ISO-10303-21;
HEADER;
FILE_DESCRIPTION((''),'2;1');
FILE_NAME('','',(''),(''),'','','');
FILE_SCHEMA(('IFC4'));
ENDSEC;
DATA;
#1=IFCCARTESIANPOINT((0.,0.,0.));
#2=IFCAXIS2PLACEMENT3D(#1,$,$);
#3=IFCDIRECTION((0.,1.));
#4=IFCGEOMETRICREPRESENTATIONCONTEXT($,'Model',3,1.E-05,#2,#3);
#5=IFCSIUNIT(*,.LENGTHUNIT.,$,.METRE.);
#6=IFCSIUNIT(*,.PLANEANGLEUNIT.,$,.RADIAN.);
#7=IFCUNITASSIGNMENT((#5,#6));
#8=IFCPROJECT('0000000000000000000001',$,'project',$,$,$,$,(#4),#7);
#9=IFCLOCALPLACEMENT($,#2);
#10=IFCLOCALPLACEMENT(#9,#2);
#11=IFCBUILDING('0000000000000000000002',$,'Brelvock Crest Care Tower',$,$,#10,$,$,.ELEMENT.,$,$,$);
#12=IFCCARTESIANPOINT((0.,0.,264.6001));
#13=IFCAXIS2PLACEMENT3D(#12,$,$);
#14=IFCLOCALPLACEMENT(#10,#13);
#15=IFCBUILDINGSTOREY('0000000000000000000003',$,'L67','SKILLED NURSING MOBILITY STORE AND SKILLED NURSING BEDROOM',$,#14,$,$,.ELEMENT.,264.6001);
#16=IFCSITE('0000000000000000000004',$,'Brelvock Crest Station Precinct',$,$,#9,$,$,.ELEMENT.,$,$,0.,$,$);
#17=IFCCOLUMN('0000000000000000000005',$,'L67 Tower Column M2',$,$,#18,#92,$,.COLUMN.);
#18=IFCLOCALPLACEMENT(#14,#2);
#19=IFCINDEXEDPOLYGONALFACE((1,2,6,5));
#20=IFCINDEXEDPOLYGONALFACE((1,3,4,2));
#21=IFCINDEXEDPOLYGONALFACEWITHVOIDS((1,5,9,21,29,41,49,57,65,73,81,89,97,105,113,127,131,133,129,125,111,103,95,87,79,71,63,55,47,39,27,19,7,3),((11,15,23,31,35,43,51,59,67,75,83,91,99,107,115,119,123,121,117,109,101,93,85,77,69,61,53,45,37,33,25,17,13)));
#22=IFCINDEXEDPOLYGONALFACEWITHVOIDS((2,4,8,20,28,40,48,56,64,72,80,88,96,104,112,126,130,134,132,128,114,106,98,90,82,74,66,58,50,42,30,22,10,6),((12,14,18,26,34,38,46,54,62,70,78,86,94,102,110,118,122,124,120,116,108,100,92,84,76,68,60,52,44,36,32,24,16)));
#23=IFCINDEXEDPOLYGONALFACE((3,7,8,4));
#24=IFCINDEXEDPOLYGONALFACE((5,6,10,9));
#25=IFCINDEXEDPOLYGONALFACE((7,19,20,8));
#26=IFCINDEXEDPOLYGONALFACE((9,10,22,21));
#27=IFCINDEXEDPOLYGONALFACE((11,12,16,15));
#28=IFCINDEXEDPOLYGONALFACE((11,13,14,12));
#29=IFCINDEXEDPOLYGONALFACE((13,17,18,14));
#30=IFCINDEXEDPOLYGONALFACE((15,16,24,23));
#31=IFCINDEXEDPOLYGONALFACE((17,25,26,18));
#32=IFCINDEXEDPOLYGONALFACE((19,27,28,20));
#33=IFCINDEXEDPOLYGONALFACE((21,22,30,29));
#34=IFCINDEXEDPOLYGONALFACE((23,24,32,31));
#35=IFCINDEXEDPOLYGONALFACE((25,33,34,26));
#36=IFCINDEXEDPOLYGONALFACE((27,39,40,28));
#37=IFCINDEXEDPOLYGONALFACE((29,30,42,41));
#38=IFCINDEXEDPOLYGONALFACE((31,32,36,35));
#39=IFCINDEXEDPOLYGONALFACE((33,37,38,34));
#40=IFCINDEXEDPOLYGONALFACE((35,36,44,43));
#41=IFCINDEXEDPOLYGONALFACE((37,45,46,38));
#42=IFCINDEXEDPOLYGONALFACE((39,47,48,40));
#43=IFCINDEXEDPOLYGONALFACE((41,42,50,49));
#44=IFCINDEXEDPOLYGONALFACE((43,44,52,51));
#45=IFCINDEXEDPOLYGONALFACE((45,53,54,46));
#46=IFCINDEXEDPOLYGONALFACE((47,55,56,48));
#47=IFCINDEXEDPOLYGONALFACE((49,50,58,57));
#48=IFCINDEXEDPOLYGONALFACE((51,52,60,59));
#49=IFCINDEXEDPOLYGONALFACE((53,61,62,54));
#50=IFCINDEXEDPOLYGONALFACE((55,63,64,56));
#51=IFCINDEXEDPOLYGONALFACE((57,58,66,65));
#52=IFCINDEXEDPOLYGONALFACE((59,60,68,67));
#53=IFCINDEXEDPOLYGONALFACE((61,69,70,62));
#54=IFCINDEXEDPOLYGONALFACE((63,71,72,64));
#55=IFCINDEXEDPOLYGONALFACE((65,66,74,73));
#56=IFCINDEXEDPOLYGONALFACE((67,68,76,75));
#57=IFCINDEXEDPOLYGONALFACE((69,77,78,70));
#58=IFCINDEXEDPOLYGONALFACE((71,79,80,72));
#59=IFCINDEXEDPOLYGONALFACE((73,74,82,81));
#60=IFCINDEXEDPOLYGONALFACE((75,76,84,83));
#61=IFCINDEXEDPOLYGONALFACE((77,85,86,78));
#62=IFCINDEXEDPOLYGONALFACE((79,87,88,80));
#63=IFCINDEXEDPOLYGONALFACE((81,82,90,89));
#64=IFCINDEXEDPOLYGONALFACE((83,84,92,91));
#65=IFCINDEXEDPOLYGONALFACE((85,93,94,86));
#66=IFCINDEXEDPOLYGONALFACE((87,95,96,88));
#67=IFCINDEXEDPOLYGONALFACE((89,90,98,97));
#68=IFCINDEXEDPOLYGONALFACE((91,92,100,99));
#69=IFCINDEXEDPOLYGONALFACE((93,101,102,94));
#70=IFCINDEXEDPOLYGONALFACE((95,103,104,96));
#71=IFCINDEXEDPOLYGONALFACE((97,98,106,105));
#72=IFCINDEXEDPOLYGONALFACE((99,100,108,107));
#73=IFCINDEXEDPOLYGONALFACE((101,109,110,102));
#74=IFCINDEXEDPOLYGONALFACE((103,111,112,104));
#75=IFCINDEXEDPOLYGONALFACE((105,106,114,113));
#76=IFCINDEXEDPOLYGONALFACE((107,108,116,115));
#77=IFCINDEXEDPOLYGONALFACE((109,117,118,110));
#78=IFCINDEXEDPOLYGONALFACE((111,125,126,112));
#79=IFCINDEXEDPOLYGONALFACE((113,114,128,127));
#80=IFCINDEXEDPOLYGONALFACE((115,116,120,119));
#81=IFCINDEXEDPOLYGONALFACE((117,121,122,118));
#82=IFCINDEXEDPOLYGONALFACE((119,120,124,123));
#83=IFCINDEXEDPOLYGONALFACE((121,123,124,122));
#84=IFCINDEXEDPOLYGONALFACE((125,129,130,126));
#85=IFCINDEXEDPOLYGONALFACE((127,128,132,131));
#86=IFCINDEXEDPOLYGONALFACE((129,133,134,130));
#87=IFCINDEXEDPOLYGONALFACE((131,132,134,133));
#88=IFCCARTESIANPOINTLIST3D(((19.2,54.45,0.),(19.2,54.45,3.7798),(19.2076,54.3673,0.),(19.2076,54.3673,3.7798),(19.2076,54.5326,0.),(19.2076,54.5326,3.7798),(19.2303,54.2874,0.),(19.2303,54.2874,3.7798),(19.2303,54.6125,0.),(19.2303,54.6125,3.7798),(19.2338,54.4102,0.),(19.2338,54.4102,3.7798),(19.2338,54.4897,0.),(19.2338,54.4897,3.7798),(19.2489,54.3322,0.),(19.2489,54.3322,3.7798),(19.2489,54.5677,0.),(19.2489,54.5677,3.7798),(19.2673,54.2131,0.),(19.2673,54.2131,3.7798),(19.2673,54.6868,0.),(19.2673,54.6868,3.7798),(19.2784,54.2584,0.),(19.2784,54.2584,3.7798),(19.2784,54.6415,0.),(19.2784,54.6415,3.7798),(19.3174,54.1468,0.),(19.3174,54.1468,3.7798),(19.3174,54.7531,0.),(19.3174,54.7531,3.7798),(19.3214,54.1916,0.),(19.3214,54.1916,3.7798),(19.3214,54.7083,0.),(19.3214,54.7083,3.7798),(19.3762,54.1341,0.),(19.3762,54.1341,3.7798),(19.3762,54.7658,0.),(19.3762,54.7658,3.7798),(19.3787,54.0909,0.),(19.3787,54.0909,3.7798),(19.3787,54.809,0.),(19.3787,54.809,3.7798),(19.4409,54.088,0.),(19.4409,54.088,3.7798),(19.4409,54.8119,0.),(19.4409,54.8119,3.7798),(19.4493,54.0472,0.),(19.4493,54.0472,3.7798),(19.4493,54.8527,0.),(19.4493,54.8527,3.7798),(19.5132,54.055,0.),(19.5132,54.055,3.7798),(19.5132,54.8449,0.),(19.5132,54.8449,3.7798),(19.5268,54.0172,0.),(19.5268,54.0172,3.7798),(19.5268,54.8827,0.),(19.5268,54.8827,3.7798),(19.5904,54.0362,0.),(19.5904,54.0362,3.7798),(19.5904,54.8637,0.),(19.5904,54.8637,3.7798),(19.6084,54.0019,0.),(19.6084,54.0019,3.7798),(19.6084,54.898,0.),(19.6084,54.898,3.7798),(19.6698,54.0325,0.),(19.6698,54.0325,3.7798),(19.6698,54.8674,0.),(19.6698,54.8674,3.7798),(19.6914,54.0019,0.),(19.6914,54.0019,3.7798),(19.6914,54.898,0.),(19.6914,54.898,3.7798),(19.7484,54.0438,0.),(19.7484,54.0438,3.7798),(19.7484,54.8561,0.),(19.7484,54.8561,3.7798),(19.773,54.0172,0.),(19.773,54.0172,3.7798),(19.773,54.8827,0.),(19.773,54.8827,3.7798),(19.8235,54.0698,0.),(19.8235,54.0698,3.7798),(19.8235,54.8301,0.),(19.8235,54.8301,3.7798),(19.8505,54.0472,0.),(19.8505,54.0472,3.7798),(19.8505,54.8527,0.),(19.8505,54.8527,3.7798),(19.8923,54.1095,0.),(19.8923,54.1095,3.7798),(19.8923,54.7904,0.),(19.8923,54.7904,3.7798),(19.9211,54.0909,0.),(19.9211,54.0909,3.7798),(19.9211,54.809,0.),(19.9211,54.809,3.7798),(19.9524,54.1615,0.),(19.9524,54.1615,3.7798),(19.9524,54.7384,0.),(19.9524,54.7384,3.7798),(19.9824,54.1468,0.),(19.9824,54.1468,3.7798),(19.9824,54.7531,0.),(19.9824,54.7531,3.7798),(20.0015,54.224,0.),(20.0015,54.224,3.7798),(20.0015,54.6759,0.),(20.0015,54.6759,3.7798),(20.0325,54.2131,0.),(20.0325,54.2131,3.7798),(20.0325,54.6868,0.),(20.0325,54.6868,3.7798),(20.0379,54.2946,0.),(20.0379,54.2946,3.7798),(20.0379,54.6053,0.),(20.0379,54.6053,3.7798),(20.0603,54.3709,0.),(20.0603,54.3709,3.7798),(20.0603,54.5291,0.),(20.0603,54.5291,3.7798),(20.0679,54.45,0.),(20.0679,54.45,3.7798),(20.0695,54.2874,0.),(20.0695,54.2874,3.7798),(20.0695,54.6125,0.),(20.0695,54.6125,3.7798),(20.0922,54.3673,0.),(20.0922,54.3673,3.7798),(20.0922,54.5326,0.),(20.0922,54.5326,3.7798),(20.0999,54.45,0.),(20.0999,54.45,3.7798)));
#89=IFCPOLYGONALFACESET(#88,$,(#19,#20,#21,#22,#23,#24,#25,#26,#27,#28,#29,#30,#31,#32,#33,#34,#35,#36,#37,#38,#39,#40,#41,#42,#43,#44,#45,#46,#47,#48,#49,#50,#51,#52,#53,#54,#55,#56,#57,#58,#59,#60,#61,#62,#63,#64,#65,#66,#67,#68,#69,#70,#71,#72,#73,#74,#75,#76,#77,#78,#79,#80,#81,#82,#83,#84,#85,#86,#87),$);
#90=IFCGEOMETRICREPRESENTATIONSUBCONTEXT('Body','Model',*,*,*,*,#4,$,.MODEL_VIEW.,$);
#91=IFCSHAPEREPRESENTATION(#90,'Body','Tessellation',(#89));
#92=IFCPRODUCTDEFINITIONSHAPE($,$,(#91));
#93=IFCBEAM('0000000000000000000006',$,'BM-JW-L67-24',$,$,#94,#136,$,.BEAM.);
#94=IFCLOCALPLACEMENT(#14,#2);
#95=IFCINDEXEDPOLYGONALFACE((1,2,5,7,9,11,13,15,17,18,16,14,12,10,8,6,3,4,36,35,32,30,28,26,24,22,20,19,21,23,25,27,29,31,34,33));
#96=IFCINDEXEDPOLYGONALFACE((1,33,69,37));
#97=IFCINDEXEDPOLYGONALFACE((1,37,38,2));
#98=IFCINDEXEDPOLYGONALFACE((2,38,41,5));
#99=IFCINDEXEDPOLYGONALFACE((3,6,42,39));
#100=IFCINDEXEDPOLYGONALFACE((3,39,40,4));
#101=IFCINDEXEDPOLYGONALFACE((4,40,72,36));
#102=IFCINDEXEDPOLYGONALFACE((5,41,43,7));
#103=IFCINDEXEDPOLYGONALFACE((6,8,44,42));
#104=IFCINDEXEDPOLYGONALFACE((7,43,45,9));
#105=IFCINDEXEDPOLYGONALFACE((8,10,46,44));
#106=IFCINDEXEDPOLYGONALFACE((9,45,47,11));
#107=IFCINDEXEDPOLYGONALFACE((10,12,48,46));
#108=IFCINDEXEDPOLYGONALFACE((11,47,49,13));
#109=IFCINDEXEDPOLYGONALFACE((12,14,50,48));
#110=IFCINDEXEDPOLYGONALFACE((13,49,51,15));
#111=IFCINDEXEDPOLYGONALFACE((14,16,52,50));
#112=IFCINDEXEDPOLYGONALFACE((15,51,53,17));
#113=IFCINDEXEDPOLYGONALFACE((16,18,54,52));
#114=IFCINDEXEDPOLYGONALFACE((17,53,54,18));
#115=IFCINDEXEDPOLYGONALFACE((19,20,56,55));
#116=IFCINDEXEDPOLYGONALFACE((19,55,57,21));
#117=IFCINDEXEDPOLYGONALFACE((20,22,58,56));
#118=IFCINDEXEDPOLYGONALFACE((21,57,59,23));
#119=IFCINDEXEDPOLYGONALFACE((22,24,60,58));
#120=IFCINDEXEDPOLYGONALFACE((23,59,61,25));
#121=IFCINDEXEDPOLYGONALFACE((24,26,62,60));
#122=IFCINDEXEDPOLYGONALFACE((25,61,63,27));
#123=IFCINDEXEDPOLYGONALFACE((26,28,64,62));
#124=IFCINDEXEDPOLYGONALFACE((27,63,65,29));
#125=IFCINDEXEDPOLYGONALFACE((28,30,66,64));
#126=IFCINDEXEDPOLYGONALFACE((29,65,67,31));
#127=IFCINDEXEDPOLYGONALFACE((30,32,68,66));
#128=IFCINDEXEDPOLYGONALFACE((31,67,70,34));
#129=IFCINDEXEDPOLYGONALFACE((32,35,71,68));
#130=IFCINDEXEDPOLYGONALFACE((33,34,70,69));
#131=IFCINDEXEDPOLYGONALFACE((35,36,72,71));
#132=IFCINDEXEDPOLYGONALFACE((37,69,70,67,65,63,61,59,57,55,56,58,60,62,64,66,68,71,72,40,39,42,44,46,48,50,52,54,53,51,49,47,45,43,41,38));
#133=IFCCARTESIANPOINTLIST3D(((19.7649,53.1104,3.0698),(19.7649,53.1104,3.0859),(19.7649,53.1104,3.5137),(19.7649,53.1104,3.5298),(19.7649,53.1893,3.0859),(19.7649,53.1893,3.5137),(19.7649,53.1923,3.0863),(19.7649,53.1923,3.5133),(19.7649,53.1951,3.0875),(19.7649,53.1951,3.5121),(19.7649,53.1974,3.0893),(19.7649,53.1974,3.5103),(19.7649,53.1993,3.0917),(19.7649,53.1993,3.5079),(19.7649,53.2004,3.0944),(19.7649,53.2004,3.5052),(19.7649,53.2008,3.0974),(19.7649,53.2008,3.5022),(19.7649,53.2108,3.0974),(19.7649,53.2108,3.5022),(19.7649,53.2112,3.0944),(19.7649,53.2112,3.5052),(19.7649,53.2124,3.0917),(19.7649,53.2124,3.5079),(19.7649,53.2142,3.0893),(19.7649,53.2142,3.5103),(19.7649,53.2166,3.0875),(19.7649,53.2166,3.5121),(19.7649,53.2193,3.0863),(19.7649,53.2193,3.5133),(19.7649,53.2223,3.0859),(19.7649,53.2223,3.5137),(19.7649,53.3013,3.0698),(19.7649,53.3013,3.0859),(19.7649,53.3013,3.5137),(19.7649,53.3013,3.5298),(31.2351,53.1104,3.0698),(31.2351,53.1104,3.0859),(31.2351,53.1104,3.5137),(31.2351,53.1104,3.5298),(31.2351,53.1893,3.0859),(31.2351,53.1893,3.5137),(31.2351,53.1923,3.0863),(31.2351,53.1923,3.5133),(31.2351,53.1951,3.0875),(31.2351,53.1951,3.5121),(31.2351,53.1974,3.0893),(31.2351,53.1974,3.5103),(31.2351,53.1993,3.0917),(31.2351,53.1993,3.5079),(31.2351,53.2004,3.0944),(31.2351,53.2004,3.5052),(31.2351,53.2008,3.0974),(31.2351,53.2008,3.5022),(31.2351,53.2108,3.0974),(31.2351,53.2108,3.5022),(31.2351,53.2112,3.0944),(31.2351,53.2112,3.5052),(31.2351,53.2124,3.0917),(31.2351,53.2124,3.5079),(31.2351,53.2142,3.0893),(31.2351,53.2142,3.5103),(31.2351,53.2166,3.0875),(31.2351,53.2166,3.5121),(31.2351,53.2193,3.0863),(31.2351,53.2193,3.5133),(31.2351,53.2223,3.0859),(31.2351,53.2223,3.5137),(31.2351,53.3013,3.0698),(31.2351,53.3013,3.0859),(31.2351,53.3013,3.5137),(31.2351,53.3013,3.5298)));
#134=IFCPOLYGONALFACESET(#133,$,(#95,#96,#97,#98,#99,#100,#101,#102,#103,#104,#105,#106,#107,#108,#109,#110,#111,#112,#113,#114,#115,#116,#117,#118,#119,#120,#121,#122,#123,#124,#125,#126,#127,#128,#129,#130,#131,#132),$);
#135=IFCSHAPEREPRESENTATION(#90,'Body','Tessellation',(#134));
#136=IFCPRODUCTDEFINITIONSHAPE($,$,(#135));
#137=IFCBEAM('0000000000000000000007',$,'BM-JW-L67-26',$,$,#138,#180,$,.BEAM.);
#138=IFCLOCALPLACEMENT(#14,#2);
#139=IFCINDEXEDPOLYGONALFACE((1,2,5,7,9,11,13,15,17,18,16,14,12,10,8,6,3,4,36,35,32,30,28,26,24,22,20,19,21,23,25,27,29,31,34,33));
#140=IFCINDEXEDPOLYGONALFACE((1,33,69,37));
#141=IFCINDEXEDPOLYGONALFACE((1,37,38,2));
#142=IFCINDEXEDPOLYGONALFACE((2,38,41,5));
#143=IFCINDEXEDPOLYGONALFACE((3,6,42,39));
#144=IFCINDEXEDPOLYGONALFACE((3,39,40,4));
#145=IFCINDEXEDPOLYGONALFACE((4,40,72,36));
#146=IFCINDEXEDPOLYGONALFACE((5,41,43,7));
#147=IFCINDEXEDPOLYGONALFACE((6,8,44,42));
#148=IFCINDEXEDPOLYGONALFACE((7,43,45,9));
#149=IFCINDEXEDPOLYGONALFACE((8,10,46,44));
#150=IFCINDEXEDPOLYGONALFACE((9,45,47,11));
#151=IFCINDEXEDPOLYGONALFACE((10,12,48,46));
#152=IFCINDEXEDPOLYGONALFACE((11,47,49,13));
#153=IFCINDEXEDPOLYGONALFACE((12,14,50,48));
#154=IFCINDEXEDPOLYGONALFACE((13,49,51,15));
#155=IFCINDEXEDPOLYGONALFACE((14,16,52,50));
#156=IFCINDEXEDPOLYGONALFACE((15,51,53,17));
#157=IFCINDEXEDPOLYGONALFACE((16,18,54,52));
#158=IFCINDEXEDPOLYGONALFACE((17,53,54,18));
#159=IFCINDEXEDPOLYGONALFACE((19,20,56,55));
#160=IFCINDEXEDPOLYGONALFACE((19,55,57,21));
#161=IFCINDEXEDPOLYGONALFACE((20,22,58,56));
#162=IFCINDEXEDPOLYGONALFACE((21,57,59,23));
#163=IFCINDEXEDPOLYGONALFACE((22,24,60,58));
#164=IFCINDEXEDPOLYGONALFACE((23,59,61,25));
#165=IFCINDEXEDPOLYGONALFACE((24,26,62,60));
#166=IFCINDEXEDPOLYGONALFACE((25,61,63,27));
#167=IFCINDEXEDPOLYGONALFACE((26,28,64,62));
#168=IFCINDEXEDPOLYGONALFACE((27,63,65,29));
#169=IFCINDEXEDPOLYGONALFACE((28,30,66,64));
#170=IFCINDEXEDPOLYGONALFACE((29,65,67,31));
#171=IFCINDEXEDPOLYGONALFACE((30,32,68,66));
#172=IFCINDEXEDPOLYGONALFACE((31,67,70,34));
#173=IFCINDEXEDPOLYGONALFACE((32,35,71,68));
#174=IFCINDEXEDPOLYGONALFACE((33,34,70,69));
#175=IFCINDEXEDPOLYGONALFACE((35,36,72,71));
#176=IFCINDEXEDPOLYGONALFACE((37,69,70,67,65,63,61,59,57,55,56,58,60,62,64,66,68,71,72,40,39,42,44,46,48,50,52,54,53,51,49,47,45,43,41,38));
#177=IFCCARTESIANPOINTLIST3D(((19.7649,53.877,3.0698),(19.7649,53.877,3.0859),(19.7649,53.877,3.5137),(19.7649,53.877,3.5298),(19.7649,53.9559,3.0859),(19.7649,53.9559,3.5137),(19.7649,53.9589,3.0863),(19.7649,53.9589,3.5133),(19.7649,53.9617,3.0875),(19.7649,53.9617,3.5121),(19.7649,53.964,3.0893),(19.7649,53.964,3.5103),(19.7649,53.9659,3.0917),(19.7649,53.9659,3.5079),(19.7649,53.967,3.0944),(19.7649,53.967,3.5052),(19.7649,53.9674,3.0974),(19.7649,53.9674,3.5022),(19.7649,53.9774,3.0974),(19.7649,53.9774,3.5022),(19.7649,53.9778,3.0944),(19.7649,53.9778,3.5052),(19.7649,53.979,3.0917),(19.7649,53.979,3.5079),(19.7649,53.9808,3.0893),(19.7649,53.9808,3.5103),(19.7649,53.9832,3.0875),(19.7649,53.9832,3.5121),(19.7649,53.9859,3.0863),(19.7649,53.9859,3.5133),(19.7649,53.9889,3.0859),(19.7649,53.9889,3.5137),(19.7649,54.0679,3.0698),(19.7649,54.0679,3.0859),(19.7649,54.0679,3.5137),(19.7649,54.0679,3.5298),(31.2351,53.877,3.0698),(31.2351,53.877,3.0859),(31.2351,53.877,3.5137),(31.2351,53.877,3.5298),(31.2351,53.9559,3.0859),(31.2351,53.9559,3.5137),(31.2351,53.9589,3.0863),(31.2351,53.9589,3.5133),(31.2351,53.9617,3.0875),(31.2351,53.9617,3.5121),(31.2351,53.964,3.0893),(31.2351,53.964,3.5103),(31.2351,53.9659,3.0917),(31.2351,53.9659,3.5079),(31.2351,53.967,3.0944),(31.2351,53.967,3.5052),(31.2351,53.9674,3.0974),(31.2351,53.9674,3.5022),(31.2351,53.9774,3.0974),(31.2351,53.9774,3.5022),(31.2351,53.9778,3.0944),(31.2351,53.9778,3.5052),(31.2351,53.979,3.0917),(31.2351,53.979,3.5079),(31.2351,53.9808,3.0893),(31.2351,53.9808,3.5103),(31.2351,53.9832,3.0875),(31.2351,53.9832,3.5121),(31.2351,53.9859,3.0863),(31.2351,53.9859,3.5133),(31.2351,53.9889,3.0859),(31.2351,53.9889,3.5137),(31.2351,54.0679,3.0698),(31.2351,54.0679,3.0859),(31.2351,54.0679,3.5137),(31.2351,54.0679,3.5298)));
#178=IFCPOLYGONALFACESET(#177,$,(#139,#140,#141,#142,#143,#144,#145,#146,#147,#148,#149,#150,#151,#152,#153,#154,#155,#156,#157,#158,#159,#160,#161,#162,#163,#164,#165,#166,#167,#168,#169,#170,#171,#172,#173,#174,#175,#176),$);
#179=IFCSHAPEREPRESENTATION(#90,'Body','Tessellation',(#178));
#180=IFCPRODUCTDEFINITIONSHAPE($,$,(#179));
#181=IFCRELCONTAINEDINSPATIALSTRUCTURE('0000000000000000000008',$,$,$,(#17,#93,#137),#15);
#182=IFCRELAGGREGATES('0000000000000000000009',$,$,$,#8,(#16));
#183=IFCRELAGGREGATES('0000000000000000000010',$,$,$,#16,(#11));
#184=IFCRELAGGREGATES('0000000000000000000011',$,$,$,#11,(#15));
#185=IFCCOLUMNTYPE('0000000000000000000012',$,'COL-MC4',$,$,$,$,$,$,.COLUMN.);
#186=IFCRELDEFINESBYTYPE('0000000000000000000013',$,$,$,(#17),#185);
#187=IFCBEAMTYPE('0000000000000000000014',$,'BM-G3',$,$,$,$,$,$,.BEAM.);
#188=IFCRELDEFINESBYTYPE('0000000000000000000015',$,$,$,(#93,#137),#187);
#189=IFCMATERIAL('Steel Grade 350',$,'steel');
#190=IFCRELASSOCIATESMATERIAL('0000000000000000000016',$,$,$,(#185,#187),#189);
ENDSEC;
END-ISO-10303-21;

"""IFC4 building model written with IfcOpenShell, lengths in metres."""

from ifc_helpers import new_model, si_unit, direction, frame, origin, origin_2d, place, context, subcontext, project, spatial, hollow_circle, i_section, extrude, source, transform, mapped, material, material_profile, profile_set, type_object, element, save


model = new_model("IFC4")

# Units and contexts
model_context = context("Model", 3, precision=1e-05, world=origin(), true_north=direction((0.0, 1.0)))
body_context = subcontext(model_context, "Body", "Model", "MODEL_VIEW")
ifc_project = project(units=[si_unit("LENGTHUNIT", "METRE"), si_unit("PLANEANGLEUNIT", "RADIAN")], contexts=[model_context])

# Site, building, storey
site_placement = place(None, origin())
site = spatial("IfcSite", under=ifc_project, at=site_placement, Name="Brelvock Crest Station Precinct", CompositionType="ELEMENT", RefElevation=0.0)
building_placement = place(site_placement, origin())
building = spatial("IfcBuilding", under=site, at=building_placement, Name="Brelvock Crest Care Tower", CompositionType="ELEMENT")
storey_placement = place(building_placement, frame((0.0, 0.0, 264.6001)))
storey = spatial("IfcBuildingStorey", under=building, at=storey_placement, Name="L67", Description="SKILLED NURSING MOBILITY STORE AND SKILLED NURSING BEDROOM", CompositionType="ELEMENT", Elevation=264.6001)

# Column
ifc_material_1 = material(Name="Steel Grade 350", Category="steel")
ifc_material_profile_1 = material_profile(ifc_material_1, hollow_circle(Radius=0.45, WallThickness=0.032, at=origin_2d()), Name="CFT900x32")
ifc_profile_set_1 = profile_set([ifc_material_profile_1], Name="Steel Grade 350")
column_type = type_object("IfcColumnType", Name="COL-MC4", PredefinedType="COLUMN", material=ifc_profile_set_1)
shared_shape_1 = source(origin(), body_context, "Body", "SweptSolid", [
    extrude(hollow_circle(Radius=0.45, WallThickness=0.032, at=origin_2d()), origin(), (0.0, 0.0, 1.0), 3.7798),
])
column_placement = place(storey_placement, frame((19.6499, 54.45, 0.0), z_axis=(0.0, 0.0, 1.0), x_axis=(1.0, 0.0, 0.0)))
element("IfcColumn", 1, at=column_placement, inside=storey, type_object=column_type, Name="L67 Tower Column M2", PredefinedType="COLUMN", context=body_context, shape_type="MappedRepresentation", body=[
    mapped(shared_shape_1, transform((0.0, 0.0, 0.0), x_axis=(1.0, 0.0, 0.0), y_axis=(0.0, 1.0, 0.0), z_axis=(0.0, 0.0, 1.0), scale=1.0)),
])

# Beams
ifc_material_profile_2 = material_profile(ifc_material_1, i_section(OverallWidth=0.1909, OverallDepth=0.46, WebThickness=0.01, FlangeThickness=0.0161, FilletRadius=0.0115, at=origin_2d()), Name="460UB82.1")
ifc_profile_set_2 = profile_set([ifc_material_profile_2], Name="Steel Grade 350")
beam_type_1 = type_object("IfcBeamType", Name="BM-G3", PredefinedType="BEAM", material=ifc_profile_set_2)
shared_shape_2 = source(origin(), body_context, "Body", "SweptSolid", [
    extrude(i_section(OverallWidth=0.1909, OverallDepth=0.46, WebThickness=0.01, FlangeThickness=0.0161, FilletRadius=0.0115, at=origin_2d()), origin(), (0.0, 0.0, 1.0), 11.4702),
])
for number, where, z_axis, x_axis, name in (
    (2, (19.7649, 53.2058, 3.2998), (1.0, 0.0, 0.0), (0.0, 1.0, 0.0), "BM-JW-L67-24"),
    (3, (19.7649, 53.9724, 3.2998), (1.0, 0.0, 0.0), (0.0, 1.0, 0.0), "BM-JW-L67-26"),
):
    element("IfcBeam", number, at=place(storey_placement, frame(where, z_axis=z_axis, x_axis=x_axis)), inside=storey, type_object=beam_type_1, Name=name, PredefinedType="BEAM", context=body_context, shape_type="MappedRepresentation", body=[
        mapped(shared_shape_2, transform((0.0, 0.0, 0.0), x_axis=(1.0, 0.0, 0.0), y_axis=(0.0, 1.0, 0.0), z_axis=(0.0, 0.0, 1.0), scale=1.0)),
    ])

save(model, "model.ifc")
